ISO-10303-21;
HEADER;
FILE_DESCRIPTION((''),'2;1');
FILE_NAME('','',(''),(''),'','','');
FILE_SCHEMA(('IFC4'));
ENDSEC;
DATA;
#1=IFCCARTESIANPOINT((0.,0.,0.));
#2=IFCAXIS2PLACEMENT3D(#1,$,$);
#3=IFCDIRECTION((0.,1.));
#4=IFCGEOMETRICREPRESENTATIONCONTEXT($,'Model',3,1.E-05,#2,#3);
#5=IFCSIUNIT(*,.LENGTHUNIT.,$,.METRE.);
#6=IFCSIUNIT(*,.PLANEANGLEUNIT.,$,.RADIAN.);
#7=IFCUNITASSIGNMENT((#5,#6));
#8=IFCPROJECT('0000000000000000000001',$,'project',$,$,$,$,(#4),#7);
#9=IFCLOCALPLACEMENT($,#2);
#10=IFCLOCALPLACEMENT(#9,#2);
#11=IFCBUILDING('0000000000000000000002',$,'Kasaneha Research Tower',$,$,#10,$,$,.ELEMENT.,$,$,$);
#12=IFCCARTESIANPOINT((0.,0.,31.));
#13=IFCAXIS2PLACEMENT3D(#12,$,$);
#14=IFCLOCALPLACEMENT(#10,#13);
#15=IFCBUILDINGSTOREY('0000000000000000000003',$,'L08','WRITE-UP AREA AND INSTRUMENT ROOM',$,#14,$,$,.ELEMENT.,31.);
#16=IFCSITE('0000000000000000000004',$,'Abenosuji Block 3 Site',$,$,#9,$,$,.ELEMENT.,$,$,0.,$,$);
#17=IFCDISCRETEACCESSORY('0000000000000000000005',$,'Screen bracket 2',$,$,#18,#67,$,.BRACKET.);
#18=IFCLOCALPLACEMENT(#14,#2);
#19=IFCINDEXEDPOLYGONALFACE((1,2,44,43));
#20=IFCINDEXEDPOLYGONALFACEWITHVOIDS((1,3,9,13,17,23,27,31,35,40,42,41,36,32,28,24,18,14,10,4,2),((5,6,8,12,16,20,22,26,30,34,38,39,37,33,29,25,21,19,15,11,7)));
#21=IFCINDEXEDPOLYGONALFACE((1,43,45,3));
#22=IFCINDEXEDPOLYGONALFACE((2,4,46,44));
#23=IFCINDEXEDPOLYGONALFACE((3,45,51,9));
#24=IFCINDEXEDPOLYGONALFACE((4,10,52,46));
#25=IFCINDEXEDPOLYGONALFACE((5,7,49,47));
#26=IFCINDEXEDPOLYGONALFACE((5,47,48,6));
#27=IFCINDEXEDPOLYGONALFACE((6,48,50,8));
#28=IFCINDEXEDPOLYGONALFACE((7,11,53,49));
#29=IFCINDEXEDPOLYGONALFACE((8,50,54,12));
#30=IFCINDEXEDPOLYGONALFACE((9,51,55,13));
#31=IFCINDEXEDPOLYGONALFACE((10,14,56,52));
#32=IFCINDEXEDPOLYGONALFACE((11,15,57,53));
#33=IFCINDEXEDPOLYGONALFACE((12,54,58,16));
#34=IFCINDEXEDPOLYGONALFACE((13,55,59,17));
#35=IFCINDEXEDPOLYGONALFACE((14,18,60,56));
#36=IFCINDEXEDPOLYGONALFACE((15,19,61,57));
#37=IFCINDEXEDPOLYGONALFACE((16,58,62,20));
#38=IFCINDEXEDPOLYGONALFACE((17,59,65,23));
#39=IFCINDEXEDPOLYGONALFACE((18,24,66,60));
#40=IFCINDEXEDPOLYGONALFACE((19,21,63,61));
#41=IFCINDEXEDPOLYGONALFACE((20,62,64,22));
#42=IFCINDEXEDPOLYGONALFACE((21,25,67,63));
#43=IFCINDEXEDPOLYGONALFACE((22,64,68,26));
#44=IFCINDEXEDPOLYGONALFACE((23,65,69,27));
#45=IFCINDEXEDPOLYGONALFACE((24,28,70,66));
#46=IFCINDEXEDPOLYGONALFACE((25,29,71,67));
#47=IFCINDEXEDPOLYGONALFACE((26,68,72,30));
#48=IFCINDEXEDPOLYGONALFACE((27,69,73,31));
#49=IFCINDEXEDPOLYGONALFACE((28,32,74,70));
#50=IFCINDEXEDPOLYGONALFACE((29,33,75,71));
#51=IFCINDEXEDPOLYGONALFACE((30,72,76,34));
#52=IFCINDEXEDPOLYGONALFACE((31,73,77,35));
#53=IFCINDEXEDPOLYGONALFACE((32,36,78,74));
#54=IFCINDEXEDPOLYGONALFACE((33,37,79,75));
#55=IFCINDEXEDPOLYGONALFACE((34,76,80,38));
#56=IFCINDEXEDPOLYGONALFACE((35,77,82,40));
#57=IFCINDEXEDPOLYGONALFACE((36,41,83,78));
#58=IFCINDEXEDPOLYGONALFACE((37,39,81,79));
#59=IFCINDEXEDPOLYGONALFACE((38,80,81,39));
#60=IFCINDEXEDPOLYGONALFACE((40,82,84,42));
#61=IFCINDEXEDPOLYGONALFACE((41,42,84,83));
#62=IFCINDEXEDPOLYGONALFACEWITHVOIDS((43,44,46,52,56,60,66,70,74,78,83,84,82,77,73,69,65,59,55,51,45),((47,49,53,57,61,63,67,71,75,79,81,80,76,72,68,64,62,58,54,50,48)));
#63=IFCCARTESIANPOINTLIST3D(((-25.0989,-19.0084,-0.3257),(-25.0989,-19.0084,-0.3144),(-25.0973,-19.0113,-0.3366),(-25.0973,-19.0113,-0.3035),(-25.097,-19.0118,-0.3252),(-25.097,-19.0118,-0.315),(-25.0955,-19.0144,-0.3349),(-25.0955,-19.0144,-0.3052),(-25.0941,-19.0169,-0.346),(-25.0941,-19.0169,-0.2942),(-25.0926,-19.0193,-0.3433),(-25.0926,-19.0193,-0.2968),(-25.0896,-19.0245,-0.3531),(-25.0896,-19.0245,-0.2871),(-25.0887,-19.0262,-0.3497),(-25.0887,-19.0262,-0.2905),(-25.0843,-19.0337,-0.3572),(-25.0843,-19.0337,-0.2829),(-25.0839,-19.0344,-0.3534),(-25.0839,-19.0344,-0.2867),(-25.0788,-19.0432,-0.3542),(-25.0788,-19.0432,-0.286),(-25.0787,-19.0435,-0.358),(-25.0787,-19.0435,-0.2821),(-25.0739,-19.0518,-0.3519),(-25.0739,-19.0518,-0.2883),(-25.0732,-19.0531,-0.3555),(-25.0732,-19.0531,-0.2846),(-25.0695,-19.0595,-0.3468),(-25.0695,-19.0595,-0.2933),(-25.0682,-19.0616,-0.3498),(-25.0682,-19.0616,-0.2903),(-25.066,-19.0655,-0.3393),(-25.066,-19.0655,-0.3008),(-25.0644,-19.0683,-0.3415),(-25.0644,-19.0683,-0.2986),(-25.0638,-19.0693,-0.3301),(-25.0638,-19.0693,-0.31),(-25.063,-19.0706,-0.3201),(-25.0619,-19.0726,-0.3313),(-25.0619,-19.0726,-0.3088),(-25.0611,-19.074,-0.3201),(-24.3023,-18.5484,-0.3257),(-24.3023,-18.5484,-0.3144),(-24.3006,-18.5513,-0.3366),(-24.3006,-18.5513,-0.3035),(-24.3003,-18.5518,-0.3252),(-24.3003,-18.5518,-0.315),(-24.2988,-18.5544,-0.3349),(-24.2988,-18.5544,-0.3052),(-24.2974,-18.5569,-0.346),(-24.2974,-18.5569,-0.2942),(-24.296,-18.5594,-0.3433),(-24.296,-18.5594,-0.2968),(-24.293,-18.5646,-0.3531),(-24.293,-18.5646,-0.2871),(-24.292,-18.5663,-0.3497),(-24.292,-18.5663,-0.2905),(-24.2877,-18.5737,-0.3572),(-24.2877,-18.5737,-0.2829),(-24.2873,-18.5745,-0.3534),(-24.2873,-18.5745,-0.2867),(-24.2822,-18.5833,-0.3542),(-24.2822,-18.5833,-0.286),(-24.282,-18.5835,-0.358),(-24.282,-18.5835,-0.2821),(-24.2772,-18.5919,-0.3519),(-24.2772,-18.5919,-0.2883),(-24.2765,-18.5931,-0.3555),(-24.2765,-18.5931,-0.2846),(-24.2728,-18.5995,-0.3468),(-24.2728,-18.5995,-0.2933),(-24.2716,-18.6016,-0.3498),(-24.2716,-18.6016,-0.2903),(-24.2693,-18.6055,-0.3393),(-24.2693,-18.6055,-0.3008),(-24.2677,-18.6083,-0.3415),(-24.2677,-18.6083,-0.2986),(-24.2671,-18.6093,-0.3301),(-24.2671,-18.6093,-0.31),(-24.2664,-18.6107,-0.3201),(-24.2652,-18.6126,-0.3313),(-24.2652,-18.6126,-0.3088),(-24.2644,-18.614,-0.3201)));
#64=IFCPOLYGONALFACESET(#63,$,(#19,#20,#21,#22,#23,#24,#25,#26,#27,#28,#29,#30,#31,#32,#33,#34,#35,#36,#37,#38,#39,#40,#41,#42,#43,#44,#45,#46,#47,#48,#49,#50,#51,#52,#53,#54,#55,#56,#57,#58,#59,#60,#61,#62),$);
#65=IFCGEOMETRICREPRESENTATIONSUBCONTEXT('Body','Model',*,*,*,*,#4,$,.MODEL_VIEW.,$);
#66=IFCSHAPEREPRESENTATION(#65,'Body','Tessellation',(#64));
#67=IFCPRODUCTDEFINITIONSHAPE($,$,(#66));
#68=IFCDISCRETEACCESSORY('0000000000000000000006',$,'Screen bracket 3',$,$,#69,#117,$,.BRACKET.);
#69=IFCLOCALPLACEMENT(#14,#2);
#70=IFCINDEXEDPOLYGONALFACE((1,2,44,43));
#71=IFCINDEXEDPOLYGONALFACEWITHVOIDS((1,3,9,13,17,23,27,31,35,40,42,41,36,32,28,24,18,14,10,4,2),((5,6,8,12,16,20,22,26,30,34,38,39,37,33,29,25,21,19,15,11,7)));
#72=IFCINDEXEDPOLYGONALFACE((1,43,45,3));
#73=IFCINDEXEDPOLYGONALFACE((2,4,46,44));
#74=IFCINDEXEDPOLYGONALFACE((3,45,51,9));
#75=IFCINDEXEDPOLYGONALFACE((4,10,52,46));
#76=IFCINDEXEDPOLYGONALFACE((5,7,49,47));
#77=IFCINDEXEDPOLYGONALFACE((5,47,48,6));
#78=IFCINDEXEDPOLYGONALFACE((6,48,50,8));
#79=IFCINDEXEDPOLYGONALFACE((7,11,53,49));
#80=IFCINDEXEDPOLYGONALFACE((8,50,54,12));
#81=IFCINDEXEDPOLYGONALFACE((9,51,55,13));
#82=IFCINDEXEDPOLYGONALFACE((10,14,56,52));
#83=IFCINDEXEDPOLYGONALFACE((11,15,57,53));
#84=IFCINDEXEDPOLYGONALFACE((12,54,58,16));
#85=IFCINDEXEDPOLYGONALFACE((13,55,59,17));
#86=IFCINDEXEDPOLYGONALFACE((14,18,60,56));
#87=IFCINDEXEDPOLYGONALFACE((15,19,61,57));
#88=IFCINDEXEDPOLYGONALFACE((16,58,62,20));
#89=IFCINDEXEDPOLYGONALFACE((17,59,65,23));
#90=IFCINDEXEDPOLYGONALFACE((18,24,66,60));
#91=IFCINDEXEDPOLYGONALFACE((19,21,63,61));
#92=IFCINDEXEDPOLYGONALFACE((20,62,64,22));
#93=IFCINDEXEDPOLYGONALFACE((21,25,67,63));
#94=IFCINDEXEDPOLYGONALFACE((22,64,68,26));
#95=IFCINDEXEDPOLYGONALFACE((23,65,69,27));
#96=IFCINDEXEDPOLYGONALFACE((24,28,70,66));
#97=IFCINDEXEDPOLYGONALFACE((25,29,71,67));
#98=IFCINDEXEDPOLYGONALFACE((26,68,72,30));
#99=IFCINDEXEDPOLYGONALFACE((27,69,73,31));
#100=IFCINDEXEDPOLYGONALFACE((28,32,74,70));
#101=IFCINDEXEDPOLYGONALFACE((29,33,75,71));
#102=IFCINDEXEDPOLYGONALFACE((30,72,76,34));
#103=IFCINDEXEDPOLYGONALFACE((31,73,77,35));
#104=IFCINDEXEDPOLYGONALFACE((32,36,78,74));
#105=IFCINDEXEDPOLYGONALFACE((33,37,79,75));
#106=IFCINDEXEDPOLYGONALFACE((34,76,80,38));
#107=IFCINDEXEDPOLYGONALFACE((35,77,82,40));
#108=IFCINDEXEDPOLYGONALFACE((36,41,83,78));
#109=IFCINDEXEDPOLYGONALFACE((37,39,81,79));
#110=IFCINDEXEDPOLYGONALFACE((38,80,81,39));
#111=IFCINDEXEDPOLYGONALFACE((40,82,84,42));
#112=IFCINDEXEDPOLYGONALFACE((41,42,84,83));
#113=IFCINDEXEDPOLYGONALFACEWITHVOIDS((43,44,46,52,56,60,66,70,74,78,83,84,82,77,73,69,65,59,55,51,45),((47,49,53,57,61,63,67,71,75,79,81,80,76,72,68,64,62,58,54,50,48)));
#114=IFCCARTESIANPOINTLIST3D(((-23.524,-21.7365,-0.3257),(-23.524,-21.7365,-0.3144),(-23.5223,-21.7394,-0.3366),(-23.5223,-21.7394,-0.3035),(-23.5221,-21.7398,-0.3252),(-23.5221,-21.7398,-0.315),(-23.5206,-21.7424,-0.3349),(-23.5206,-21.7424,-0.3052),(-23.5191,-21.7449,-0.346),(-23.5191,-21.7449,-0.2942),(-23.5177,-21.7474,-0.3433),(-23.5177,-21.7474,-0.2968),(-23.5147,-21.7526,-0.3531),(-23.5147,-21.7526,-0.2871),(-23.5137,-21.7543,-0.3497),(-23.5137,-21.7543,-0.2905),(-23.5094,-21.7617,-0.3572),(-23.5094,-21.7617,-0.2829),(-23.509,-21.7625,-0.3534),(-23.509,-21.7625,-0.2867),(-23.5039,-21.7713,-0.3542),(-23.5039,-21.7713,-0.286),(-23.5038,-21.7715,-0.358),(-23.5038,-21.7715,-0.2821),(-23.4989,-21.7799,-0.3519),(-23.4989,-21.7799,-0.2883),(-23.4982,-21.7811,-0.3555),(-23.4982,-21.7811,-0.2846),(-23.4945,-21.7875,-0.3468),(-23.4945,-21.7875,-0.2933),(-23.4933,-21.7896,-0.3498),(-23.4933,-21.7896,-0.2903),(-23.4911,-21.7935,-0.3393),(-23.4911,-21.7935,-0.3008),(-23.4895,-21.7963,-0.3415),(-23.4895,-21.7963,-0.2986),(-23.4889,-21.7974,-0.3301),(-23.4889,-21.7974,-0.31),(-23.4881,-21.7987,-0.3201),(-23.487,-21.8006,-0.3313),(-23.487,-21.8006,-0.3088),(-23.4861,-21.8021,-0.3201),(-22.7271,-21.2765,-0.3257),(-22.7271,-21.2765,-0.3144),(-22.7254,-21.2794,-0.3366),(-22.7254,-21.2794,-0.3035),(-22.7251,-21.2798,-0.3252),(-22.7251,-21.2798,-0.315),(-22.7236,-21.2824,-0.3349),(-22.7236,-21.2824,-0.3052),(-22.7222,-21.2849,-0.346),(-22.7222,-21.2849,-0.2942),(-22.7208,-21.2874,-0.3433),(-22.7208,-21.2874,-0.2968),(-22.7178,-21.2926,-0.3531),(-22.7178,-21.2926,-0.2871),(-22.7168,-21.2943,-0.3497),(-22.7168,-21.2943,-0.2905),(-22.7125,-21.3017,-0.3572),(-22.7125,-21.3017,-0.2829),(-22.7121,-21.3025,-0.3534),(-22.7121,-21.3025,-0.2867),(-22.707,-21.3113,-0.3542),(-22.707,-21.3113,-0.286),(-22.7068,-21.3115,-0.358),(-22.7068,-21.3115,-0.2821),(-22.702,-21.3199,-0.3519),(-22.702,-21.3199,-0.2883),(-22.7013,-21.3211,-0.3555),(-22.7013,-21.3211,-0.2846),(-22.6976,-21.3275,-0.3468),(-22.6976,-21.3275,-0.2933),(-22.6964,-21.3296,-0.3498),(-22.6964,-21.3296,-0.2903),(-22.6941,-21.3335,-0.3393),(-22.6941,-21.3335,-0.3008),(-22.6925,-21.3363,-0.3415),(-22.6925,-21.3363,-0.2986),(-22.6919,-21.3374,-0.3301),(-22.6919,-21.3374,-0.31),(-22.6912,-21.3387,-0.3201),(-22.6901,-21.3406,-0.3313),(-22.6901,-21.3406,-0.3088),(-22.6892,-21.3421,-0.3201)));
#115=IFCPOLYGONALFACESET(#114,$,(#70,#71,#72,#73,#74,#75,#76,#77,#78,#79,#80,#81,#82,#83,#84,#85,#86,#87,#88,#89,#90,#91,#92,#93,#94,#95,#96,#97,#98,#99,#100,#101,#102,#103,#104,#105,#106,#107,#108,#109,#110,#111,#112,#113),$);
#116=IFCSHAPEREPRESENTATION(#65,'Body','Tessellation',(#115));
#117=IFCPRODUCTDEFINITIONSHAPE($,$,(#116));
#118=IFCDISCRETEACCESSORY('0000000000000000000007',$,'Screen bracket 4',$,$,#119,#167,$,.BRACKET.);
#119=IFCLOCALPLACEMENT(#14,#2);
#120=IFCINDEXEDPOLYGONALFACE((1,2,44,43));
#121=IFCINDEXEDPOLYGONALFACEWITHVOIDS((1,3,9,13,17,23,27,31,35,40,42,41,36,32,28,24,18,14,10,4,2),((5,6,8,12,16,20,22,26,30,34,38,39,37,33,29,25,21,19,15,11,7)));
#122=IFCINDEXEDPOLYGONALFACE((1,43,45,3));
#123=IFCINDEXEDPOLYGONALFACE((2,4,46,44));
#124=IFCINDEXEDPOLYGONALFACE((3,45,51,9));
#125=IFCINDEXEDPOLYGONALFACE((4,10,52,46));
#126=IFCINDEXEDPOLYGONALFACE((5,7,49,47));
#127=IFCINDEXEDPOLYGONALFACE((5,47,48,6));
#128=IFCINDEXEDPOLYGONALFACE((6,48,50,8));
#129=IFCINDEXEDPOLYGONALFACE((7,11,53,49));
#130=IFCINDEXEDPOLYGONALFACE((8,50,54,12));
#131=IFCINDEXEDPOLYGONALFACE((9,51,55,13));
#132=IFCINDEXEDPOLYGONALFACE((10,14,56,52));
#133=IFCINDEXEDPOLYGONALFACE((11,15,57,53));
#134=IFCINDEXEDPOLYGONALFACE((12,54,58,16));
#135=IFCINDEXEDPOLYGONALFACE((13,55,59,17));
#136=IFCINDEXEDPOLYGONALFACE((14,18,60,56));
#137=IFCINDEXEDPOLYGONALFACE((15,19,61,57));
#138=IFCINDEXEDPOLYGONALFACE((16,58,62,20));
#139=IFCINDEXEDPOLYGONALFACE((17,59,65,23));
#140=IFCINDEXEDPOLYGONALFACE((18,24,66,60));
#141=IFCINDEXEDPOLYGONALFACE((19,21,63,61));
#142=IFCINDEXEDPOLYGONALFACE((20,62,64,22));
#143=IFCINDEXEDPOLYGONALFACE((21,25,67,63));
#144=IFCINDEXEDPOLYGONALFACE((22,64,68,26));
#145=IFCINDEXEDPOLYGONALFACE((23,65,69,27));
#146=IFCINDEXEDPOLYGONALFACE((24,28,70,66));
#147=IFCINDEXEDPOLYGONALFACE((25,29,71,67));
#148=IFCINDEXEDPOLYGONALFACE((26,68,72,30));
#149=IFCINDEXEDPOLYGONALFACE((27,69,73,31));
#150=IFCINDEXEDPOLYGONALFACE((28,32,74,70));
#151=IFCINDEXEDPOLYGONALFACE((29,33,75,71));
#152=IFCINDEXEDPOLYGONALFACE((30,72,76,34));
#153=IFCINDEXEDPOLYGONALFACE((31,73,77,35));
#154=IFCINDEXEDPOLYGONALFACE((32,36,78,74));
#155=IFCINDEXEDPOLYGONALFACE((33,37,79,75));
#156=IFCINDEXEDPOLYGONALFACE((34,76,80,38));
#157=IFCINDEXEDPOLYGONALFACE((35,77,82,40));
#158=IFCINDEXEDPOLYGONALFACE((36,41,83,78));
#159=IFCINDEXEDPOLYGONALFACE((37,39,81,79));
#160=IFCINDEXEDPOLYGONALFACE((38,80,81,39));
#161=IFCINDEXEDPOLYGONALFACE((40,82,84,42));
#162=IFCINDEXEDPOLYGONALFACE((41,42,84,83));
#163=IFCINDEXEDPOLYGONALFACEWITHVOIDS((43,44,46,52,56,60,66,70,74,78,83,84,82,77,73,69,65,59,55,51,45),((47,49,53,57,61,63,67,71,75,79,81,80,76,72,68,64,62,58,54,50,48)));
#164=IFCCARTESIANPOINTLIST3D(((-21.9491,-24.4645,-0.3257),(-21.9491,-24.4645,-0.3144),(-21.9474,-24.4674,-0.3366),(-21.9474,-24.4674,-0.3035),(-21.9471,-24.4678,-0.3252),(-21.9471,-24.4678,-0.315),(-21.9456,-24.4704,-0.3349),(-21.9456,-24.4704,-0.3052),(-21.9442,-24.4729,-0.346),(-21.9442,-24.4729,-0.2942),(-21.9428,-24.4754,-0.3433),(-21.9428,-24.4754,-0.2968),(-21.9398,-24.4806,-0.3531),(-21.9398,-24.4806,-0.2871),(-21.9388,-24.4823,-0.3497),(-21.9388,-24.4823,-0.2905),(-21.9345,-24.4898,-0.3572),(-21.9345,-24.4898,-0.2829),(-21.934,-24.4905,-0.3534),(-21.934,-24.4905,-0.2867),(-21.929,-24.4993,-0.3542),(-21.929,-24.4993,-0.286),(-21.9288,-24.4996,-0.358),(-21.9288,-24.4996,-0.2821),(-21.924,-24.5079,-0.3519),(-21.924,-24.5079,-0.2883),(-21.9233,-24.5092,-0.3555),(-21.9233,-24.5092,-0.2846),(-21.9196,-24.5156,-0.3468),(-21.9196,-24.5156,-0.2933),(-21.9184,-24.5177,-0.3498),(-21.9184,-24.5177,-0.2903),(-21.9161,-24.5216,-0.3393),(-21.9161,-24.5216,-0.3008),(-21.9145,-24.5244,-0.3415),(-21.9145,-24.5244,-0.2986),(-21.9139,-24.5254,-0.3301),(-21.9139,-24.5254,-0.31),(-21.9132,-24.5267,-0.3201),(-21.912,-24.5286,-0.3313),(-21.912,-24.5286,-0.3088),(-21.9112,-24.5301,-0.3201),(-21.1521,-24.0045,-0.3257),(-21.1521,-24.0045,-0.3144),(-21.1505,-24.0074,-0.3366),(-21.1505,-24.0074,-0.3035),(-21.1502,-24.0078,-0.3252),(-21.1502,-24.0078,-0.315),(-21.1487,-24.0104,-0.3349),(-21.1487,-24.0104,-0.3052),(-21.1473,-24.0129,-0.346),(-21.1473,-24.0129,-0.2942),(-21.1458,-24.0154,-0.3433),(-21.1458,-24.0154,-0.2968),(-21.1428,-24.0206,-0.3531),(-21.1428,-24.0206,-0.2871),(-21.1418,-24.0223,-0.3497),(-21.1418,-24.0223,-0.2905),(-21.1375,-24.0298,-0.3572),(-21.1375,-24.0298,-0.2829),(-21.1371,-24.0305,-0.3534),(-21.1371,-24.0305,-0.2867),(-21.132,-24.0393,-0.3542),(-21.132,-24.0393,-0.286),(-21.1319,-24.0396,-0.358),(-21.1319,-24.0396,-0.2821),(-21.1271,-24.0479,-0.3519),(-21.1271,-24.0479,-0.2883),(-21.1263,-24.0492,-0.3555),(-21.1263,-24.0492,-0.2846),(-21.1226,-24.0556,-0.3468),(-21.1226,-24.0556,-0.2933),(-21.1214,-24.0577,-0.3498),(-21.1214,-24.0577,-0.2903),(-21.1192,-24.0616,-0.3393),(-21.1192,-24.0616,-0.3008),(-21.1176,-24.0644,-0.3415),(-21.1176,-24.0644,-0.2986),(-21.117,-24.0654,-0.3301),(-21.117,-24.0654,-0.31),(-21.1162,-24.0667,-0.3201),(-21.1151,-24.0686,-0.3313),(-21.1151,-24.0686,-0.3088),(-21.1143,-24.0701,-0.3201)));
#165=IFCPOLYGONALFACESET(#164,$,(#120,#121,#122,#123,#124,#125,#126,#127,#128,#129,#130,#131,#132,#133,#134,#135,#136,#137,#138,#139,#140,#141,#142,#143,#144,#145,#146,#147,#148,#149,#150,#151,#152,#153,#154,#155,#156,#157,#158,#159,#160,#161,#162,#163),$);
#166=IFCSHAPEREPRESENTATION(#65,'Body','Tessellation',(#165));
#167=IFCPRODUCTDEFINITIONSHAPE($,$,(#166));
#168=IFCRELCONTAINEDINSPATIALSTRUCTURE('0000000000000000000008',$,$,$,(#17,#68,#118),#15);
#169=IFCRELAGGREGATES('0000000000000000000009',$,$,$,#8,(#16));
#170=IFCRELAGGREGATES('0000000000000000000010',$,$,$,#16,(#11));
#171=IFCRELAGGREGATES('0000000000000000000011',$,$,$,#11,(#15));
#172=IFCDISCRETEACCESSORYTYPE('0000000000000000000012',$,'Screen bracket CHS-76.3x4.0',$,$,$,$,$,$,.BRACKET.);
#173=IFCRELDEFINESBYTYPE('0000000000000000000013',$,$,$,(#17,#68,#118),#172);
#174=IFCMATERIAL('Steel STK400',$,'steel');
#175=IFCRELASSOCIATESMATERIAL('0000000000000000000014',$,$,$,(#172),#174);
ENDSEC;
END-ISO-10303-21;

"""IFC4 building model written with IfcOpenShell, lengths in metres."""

from ifc_helpers import new_model, si_unit, direction, frame, origin, origin_2d, place, context, subcontext, project, spatial, hollow_circle, extrude, material, material_profile, profile_set, type_object, element, save


model = new_model("IFC4")

# Units and contexts
model_context = context("Model", 3, precision=1e-05, world=origin(), true_north=direction((0.0, 1.0)))
body_context = subcontext(model_context, "Body", "Model", "MODEL_VIEW")
ifc_project = project(units=[si_unit("LENGTHUNIT", "METRE"), si_unit("PLANEANGLEUNIT", "RADIAN")], contexts=[model_context])

# Site, building, storey
site_placement = place(None, origin())
site = spatial("IfcSite", under=ifc_project, at=site_placement, Name="Abenosuji Block 3 Site", CompositionType="ELEMENT", RefElevation=0.0)
building_placement = place(site_placement, origin())
building = spatial("IfcBuilding", under=site, at=building_placement, Name="Kasaneha Research Tower", CompositionType="ELEMENT")
storey_placement = place(building_placement, frame((0.0, 0.0, 31.0)))
storey = spatial("IfcBuildingStorey", under=building, at=storey_placement, Name="L08", Description="WRITE-UP AREA AND INSTRUMENT ROOM", CompositionType="ELEMENT", Elevation=31.0)

# Discrete accessories
ifc_material_1 = material(Name="Steel STK400", Category="steel")
ifc_material_profile_1 = material_profile(ifc_material_1, hollow_circle(Radius=0.0381, WallThickness=0.0039, at=origin_2d()), Name="CHS-76.3x4.0")
ifc_profile_set_1 = profile_set([ifc_material_profile_1], Name="Steel STK400")
discrete_accessory_type = type_object("IfcDiscreteAccessoryType", Name="Screen bracket CHS-76.3x4.0", PredefinedType="BRACKET", material=ifc_profile_set_1)
for number, where, z_axis, x_axis, name in (
    (1, (-24.2834, -18.5811, -0.3201), (-0.866013, -0.500021, 0.0), (0.500021, -0.866013, 0.0), "Screen bracket 2"),
):
    element("IfcDiscreteAccessory", number, at=place(storey_placement, frame(where, z_axis=z_axis, x_axis=x_axis)), inside=storey, type_object=discrete_accessory_type, Name=name, PredefinedType="BRACKET", context=body_context, shape_type="SweptSolid", body=[
        extrude(hollow_circle(Radius=0.0381, WallThickness=0.0039, at=origin_2d()), origin(), (0.0, 0.0, 1.0), 0.9199),
    ])
for number, where, z_axis, x_axis, name in (
    (2, (-22.7083, -21.3091, -0.3201), (-0.86608, -0.499906, 0.0), (0.499906, -0.86608, 0.0), "Screen bracket 3"),
    (3, (-21.1333, -24.0371, -0.3201), (-0.86608, -0.499906, 0.0), (0.499906, -0.86608, 0.0), "Screen bracket 4"),
):
    element("IfcDiscreteAccessory", number, at=place(storey_placement, frame(where, z_axis=z_axis, x_axis=x_axis)), inside=storey, type_object=discrete_accessory_type, Name=name, PredefinedType="BRACKET", context=body_context, shape_type="SweptSolid", body=[
        extrude(hollow_circle(Radius=0.0381, WallThickness=0.0039, at=origin_2d()), origin(), (0.0, 0.0, 1.0), 0.9202),
    ])

save(model, "model.ifc")
